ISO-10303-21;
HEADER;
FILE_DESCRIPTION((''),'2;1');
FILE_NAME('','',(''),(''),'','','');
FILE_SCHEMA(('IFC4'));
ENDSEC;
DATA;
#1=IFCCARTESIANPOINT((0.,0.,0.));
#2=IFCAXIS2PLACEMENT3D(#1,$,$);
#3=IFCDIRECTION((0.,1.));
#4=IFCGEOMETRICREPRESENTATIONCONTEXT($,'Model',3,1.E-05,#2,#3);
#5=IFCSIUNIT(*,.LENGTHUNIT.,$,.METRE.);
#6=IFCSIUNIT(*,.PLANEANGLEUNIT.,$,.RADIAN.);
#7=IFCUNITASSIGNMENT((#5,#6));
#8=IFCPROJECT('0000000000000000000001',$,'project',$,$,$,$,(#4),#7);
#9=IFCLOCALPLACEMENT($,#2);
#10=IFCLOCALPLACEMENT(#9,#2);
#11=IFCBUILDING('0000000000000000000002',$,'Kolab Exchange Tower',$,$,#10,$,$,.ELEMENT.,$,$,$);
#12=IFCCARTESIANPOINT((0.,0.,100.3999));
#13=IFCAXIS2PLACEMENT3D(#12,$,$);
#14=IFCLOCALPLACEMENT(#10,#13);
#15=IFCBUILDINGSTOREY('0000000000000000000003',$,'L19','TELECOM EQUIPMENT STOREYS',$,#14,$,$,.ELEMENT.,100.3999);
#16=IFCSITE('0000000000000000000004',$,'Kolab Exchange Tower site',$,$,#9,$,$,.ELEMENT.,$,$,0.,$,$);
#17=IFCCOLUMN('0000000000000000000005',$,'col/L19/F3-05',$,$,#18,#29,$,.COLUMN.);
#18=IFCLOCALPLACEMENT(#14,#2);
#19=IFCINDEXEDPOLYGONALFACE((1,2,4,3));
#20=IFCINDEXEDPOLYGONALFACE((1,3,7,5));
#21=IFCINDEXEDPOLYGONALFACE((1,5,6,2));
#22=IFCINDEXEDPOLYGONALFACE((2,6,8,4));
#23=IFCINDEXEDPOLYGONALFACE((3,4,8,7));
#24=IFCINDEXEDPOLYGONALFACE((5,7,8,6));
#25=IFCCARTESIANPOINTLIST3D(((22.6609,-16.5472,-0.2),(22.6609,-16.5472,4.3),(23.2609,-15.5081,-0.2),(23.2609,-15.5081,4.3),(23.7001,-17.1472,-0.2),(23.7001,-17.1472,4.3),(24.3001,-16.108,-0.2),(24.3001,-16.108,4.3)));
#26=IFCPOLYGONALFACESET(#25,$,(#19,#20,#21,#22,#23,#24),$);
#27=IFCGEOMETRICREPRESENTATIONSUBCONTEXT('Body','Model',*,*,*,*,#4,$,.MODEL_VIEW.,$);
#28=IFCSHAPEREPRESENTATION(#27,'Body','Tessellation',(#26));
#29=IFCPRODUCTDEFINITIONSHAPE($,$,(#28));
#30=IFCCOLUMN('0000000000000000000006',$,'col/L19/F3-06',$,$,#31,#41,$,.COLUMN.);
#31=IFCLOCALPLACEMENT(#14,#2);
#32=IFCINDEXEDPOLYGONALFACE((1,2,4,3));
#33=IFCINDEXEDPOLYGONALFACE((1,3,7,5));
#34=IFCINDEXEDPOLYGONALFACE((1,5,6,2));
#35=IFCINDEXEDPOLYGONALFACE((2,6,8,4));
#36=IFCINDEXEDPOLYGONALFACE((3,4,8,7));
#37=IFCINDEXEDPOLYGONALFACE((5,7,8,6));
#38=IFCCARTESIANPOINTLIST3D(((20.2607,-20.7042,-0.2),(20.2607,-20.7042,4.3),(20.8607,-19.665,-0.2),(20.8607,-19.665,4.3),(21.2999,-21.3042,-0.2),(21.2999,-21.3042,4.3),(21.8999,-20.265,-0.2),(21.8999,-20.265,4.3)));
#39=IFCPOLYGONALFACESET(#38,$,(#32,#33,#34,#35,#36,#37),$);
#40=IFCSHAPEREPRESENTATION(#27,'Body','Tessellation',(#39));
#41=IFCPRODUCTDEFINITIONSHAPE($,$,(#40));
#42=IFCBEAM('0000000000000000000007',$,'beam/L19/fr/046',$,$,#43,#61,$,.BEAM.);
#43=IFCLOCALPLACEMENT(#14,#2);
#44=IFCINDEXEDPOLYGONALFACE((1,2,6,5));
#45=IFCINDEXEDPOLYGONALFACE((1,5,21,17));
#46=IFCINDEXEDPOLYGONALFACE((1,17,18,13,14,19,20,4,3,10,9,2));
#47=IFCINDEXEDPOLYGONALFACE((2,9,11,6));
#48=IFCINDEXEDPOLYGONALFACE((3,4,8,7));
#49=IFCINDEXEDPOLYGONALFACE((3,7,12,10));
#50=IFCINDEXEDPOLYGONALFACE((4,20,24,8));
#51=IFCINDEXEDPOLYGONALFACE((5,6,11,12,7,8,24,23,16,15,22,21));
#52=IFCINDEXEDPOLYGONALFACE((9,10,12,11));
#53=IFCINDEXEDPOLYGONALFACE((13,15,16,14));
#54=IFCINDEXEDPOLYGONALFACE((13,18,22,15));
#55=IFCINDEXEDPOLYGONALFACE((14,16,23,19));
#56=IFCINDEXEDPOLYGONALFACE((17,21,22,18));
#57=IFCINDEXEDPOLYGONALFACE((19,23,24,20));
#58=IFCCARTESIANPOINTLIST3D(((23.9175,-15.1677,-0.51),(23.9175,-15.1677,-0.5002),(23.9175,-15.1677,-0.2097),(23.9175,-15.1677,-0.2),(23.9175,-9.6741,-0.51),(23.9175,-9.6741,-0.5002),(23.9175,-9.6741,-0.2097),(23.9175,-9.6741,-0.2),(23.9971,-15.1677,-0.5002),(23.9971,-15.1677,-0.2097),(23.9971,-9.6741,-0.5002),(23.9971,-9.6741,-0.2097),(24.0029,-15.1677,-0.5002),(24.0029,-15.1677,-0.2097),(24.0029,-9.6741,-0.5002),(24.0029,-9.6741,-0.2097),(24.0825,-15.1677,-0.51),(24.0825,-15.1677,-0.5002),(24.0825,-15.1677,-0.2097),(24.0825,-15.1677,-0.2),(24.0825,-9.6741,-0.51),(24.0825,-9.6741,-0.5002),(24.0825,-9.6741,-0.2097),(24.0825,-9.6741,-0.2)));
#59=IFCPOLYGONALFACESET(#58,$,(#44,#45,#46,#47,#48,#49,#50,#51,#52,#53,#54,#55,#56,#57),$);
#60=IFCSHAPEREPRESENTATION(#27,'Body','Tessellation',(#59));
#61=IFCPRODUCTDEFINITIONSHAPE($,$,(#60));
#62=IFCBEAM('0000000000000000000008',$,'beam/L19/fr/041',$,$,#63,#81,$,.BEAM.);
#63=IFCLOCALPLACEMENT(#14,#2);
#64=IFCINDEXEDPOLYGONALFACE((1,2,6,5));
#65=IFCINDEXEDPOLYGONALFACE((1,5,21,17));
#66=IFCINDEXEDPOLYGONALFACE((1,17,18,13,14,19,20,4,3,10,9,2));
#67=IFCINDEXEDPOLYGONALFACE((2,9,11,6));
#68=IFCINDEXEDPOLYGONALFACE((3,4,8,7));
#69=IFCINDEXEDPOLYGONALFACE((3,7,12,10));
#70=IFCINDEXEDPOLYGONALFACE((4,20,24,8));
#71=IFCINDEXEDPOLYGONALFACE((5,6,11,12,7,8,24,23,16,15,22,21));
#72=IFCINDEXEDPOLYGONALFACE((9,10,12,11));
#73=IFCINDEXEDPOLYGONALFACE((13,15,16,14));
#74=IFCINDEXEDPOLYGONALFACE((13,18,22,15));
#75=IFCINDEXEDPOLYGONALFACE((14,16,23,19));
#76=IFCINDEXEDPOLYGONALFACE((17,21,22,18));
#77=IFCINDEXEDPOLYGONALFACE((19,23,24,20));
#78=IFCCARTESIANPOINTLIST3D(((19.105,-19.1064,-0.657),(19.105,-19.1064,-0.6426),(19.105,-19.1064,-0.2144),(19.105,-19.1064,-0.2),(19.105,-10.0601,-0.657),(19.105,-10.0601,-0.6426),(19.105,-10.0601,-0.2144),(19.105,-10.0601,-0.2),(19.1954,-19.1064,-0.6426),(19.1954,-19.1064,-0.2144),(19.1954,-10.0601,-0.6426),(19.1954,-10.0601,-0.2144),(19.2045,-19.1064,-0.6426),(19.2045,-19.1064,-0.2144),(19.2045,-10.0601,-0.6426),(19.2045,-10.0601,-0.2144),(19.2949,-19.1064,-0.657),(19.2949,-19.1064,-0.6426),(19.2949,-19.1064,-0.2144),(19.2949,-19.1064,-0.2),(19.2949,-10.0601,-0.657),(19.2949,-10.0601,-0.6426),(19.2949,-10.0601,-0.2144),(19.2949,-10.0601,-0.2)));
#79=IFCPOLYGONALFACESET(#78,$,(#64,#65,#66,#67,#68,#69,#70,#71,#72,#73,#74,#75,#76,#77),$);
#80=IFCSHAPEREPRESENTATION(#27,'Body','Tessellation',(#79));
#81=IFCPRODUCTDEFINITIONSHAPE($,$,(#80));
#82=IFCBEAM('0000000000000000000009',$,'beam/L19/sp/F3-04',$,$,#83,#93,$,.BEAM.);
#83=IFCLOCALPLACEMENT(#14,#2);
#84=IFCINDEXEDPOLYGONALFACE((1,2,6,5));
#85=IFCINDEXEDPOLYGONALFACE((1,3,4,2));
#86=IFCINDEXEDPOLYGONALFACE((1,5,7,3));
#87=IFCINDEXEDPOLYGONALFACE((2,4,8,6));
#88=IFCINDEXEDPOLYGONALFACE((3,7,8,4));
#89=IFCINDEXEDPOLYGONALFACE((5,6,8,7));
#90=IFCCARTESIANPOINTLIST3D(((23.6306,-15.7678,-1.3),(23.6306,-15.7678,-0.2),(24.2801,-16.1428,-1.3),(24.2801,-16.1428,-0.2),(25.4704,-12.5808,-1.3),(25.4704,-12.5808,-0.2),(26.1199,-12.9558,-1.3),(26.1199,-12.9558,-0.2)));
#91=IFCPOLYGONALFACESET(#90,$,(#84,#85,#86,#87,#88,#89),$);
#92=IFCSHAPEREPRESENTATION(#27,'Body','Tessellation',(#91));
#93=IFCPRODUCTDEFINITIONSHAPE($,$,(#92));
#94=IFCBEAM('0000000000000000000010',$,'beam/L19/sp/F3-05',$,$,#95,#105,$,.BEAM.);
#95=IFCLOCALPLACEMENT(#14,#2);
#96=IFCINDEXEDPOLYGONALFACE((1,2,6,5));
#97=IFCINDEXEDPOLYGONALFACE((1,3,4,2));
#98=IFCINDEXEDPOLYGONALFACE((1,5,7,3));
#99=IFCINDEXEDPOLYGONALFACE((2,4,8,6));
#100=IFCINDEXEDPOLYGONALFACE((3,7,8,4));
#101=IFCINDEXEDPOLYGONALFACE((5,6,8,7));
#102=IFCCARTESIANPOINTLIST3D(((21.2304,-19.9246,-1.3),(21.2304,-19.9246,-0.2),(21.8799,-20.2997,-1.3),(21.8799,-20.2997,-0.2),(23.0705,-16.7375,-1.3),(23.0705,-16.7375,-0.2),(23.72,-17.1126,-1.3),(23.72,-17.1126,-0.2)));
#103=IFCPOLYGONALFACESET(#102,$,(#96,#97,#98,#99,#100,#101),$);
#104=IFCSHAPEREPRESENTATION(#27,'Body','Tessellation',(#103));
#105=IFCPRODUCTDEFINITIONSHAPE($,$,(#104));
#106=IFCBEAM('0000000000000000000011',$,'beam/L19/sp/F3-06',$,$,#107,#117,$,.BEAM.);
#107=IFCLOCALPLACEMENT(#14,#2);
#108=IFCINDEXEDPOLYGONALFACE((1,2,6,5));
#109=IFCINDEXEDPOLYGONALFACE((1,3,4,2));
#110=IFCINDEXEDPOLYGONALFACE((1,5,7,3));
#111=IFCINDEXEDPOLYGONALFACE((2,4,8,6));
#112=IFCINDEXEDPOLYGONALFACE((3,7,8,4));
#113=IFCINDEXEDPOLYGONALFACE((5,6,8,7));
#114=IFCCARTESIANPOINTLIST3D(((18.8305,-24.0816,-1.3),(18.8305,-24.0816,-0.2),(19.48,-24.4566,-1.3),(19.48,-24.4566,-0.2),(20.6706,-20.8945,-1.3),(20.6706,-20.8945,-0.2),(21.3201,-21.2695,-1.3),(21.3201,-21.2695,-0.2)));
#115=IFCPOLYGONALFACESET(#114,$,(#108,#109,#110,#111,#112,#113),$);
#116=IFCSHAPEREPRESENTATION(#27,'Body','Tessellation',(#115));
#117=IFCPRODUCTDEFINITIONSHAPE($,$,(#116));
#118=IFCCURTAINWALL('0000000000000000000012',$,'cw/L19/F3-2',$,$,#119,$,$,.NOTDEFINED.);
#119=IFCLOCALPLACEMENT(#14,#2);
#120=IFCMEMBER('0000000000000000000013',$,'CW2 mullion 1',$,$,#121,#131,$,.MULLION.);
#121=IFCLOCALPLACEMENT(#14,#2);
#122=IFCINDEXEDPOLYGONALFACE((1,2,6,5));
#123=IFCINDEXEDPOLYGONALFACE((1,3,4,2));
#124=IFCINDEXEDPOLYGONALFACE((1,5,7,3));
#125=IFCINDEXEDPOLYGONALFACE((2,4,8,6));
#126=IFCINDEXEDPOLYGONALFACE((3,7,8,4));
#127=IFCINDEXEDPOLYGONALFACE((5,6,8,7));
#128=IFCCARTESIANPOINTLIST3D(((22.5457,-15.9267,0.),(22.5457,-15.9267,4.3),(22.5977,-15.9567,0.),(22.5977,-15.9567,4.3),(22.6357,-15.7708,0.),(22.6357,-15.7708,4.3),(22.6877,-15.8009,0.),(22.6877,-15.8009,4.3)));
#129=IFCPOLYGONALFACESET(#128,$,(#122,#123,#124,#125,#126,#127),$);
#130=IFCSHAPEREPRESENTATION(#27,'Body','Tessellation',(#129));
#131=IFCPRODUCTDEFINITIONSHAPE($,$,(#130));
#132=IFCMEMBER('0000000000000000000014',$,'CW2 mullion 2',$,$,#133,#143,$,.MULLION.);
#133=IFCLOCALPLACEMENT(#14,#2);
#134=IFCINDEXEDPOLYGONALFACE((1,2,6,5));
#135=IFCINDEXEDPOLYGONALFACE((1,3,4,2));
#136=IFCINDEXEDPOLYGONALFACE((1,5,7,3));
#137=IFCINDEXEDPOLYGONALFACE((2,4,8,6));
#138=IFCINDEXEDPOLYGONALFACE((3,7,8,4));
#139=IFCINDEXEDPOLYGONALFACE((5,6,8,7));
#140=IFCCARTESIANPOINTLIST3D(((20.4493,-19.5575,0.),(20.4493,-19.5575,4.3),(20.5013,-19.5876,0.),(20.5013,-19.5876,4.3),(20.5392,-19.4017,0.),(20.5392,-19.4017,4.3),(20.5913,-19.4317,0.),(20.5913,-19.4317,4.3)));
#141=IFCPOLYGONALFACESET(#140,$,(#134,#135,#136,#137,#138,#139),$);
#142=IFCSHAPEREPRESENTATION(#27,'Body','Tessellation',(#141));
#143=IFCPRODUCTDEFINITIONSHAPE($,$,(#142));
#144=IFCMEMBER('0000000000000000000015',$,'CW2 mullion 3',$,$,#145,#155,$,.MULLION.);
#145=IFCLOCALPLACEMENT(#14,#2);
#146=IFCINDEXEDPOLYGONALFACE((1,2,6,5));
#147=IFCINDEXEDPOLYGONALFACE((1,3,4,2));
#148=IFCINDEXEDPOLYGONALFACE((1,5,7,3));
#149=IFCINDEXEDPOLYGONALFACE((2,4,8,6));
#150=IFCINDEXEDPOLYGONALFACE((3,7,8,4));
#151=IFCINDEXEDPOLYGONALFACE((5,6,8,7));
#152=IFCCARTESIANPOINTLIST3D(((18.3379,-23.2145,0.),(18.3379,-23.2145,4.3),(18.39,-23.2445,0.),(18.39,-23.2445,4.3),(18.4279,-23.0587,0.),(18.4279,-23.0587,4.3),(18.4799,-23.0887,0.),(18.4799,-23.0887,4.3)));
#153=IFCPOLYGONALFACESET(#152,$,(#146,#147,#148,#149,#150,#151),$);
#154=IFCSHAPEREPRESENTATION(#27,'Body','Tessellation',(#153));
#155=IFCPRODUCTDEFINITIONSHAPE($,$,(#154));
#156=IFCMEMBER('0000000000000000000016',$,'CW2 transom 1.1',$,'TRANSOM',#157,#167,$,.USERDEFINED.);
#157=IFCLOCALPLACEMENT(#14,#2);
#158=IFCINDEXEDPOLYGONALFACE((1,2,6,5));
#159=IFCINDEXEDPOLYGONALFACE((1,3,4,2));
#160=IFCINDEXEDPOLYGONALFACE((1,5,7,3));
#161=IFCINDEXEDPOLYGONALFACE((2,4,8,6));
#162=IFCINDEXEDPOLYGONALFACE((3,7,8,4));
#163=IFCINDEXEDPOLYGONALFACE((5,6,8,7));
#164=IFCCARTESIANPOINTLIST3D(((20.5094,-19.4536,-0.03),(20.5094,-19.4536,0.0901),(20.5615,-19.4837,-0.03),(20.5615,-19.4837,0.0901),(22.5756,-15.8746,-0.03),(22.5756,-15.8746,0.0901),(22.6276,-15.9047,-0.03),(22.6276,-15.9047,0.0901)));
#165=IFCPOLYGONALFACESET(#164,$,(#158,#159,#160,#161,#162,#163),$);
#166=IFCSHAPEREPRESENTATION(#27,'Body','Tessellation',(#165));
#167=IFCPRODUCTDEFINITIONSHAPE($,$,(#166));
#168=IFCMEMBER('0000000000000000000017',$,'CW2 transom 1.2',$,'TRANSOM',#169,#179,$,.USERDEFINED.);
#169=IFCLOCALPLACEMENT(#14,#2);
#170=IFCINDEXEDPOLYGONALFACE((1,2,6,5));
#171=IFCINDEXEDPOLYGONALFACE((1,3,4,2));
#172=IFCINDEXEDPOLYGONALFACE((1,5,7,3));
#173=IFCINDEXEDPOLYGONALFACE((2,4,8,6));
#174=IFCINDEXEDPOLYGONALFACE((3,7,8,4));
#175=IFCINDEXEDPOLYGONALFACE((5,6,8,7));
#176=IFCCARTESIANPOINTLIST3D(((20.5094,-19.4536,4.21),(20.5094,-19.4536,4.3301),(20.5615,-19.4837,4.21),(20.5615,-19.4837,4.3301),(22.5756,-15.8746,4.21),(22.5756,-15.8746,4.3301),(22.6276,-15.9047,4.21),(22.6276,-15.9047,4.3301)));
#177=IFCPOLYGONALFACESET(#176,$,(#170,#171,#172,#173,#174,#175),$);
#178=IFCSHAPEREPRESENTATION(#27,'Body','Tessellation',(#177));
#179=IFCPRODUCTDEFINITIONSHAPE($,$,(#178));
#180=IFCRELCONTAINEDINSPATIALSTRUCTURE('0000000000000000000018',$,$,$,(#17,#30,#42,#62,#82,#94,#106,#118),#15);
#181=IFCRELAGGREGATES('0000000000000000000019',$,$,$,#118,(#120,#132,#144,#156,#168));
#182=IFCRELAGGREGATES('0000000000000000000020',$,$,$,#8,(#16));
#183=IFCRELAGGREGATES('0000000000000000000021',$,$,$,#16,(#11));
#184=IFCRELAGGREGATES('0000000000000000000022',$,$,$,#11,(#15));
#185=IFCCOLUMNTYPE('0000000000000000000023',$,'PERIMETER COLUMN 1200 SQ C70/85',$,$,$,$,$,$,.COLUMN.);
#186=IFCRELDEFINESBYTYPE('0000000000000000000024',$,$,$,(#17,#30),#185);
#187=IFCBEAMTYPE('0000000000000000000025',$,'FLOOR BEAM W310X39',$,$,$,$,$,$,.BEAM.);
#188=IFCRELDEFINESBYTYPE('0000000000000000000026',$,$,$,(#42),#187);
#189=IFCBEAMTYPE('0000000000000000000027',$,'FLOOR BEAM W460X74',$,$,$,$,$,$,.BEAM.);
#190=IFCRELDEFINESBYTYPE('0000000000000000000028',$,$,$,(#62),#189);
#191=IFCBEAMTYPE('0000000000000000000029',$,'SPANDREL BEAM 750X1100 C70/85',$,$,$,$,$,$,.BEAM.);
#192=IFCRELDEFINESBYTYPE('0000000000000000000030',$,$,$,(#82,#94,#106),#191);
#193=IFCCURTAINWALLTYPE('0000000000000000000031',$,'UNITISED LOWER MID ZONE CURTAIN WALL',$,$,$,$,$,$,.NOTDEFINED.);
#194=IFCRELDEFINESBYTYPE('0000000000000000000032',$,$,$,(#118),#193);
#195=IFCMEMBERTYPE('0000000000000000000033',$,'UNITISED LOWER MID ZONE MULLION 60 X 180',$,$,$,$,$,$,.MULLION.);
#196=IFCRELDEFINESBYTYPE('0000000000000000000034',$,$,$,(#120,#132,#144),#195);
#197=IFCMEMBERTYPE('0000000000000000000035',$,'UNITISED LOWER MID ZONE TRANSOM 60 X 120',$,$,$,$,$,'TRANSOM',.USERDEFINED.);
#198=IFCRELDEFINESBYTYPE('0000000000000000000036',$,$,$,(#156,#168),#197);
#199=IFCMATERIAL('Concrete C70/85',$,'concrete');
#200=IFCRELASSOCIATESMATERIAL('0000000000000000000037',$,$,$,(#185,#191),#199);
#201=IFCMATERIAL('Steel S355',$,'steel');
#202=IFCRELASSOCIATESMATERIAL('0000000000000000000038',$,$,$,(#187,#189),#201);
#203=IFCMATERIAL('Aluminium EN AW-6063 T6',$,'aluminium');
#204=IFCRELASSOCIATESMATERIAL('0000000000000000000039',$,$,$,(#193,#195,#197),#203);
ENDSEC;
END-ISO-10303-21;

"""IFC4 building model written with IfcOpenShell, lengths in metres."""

from ifc_helpers import new_model, si_unit, direction, frame, origin, origin_2d, place, context, subcontext, project, spatial, rectangle, i_section, extrude, material, material_profile, profile_set, type_object, element, aggregate, save


model = new_model("IFC4")

# Units and contexts
model_context = context("Model", 3, precision=1e-05, world=origin(), true_north=direction((0.0, 1.0)))
body_context = subcontext(model_context, "Body", "Model", "MODEL_VIEW")
ifc_project = project(units=[si_unit("LENGTHUNIT", "METRE"), si_unit("PLANEANGLEUNIT", "RADIAN")], contexts=[model_context])

# Site, building, storey
site_placement = place(None, origin())
site = spatial("IfcSite", under=ifc_project, at=site_placement, Name="Kolab Exchange Tower site", CompositionType="ELEMENT", RefElevation=0.0)
building_placement = place(site_placement, origin())
building = spatial("IfcBuilding", under=site, at=building_placement, Name="Kolab Exchange Tower", CompositionType="ELEMENT")
storey_placement = place(building_placement, frame((0.0, 0.0, 100.3999)))
storey = spatial("IfcBuildingStorey", under=building, at=storey_placement, Name="L19", Description="TELECOM EQUIPMENT STOREYS", CompositionType="ELEMENT", Elevation=100.3999)

# Columns
ifc_material_1 = material(Name="Concrete C70/85", Category="concrete")
ifc_material_profile_1 = material_profile(ifc_material_1, rectangle(XDim=1.2, YDim=1.2, at=origin_2d()), Name="RC1200")
ifc_profile_set_1 = profile_set([ifc_material_profile_1], Name="Concrete C70/85")
column_type = type_object("IfcColumnType", Name="PERIMETER COLUMN 1200 SQ C70/85", PredefinedType="COLUMN", material=ifc_profile_set_1)
for number, where, z_axis, x_axis, name in (
    (1, (23.4805, -16.3276, -0.2), (0.0, 0.0, 1.0), (0.5, 0.866025, 0.0), "col/L19/F3-05"),
    (2, (21.0803, -20.4846, -0.2), (0.0, 0.0, 1.0), (0.5, 0.866025, 0.0), "col/L19/F3-06"),
):
    element("IfcColumn", number, at=place(storey_placement, frame(where, z_axis=z_axis, x_axis=x_axis)), inside=storey, type_object=column_type, Name=name, PredefinedType="COLUMN", context=body_context, shape_type="SweptSolid", body=[
        extrude(rectangle(XDim=1.2, YDim=1.2, at=origin_2d()), origin(), (0.0, 0.0, 1.0), 4.5),
    ])

# Beams
ifc_material_2 = material(Name="Steel S355", Category="steel")
ifc_material_profile_2 = material_profile(ifc_material_2, i_section(OverallWidth=0.165, OverallDepth=0.3101, WebThickness=0.0059, FlangeThickness=0.0098, at=origin_2d()), Name="W310X39")
ifc_profile_set_2 = profile_set([ifc_material_profile_2], Name="Steel S355")
beam_type_1 = type_object("IfcBeamType", Name="FLOOR BEAM W310X39", PredefinedType="BEAM", material=ifc_profile_set_2)
beam_1_placement = place(storey_placement, frame((24.0, -15.1677, -0.355), z_axis=(0.0, 1.0, 0.0), x_axis=(-1.0, 0.0, 0.0)))
element("IfcBeam", 3, at=beam_1_placement, inside=storey, type_object=beam_type_1, Name="beam/L19/fr/046", PredefinedType="BEAM", context=body_context, shape_type="SweptSolid", body=[
    extrude(i_section(OverallWidth=0.165, OverallDepth=0.3101, WebThickness=0.0059, FlangeThickness=0.0098, at=origin_2d()), origin(), (0.0, 0.0, 1.0), 5.4937),
])
ifc_material_profile_3 = material_profile(ifc_material_2, i_section(OverallWidth=0.1899, OverallDepth=0.457, WebThickness=0.009, FlangeThickness=0.0144, at=origin_2d()), Name="W460X74")
ifc_profile_set_3 = profile_set([ifc_material_profile_3], Name="Steel S355")
beam_type_2 = type_object("IfcBeamType", Name="FLOOR BEAM W460X74", PredefinedType="BEAM", material=ifc_profile_set_3)
beam_2_placement = place(storey_placement, frame((19.2, -19.1064, -0.4285), z_axis=(0.0, 1.0, 0.0), x_axis=(-1.0, 0.0, 0.0)))
element("IfcBeam", 4, at=beam_2_placement, inside=storey, type_object=beam_type_2, Name="beam/L19/fr/041", PredefinedType="BEAM", context=body_context, shape_type="SweptSolid", body=[
    extrude(i_section(OverallWidth=0.1899, OverallDepth=0.457, WebThickness=0.009, FlangeThickness=0.0144, at=origin_2d()), origin(), (0.0, 0.0, 1.0), 9.0464),
])
ifc_material_profile_4 = material_profile(ifc_material_1, rectangle(XDim=0.75, YDim=1.1001, at=origin_2d()), Name="RC750X1100")
ifc_profile_set_4 = profile_set([ifc_material_profile_4], Name="Concrete C70/85")
beam_type_3 = type_object("IfcBeamType", Name="SPANDREL BEAM 750X1100 C70/85", PredefinedType="BEAM", material=ifc_profile_set_4)
beam_3_placement = place(storey_placement, frame((25.7952, -12.7683, -0.75), z_axis=(-0.499964, -0.866046, 0.0), x_axis=(0.866046, -0.499964, 0.0)))
element("IfcBeam", 5, at=beam_3_placement, inside=storey, type_object=beam_type_3, Name="beam/L19/sp/F3-04", PredefinedType="BEAM", context=body_context, shape_type="SweptSolid", body=[
    extrude(rectangle(XDim=0.75, YDim=1.1001, at=origin_2d()), origin(), (0.0, 0.0, 1.0), 3.6799),
])
for number, where, z_axis, x_axis, name in (
    (6, (23.3953, -16.925, -0.75), (-0.500013, -0.866018, 0.0), (0.866018, -0.500013, 0.0), "beam/L19/sp/F3-05"),
    (7, (20.9954, -21.082, -0.75), (-0.500013, -0.866018, 0.0), (0.866018, -0.500013, 0.0), "beam/L19/sp/F3-06"),
):
    element("IfcBeam", number, at=place(storey_placement, frame(where, z_axis=z_axis, x_axis=x_axis)), inside=storey, type_object=beam_type_3, Name=name, PredefinedType="BEAM", context=body_context, shape_type="SweptSolid", body=[
        extrude(rectangle(XDim=0.75, YDim=1.1001, at=origin_2d()), origin(), (0.0, 0.0, 1.0), 3.6802),
    ])

# Curtain wall, members
ifc_material_3 = material(Name="Aluminium EN AW-6063 T6", Category="aluminium")
curtain_wall_type = type_object("IfcCurtainWallType", Name="UNITISED LOWER MID ZONE CURTAIN WALL", PredefinedType="NOTDEFINED", material=ifc_material_3)
curtain_wall_placement = place(storey_placement, origin())
curtain_wall = element("IfcCurtainWall", 8, at=curtain_wall_placement, inside=storey, type_object=curtain_wall_type, Name="cw/L19/F3-2", PredefinedType="NOTDEFINED")
ifc_material_profile_5 = material_profile(ifc_material_3, rectangle(XDim=0.0601, YDim=0.1799, at=origin_2d()), Name="RECT 60X180")
ifc_profile_set_5 = profile_set([ifc_material_profile_5], Name="Aluminium EN AW-6063 T6")
member_type_1 = type_object("IfcMemberType", Name="UNITISED LOWER MID ZONE MULLION 60 X 180", PredefinedType="MULLION", material=ifc_profile_set_5)
member_1_placement = place(storey_placement, frame((22.6167, -15.8638, 0.0), z_axis=(0.0, 0.0, 1.0), x_axis=(0.866025, -0.5, 0.0)))
member_1 = element("IfcMember", 9, at=member_1_placement, type_object=member_type_1, Name="CW2 mullion 1", PredefinedType="MULLION", context=body_context, shape_type="SweptSolid", body=[
    extrude(rectangle(XDim=0.0601, YDim=0.1799, at=origin_2d()), origin(), (0.0, 0.0, 1.0), 4.3),
])
member_2_placement = place(storey_placement, frame((20.5203, -19.4946, 0.0), z_axis=(0.0, 0.0, 1.0), x_axis=(0.866025, -0.5, 0.0)))
member_2 = element("IfcMember", 10, at=member_2_placement, type_object=member_type_1, Name="CW2 mullion 2", PredefinedType="MULLION", context=body_context, shape_type="SweptSolid", body=[
    extrude(rectangle(XDim=0.0601, YDim=0.1799, at=origin_2d()), origin(), (0.0, 0.0, 1.0), 4.3),
])
member_3_placement = place(storey_placement, frame((18.4089, -23.1516, 0.0), z_axis=(0.0, 0.0, 1.0), x_axis=(0.866025, -0.5, 0.0)))
member_3 = element("IfcMember", 11, at=member_3_placement, type_object=member_type_1, Name="CW2 mullion 3", PredefinedType="MULLION", context=body_context, shape_type="SweptSolid", body=[
    extrude(rectangle(XDim=0.0601, YDim=0.1799, at=origin_2d()), origin(), (0.0, 0.0, 1.0), 4.3),
])
ifc_material_profile_6 = material_profile(ifc_material_3, rectangle(XDim=0.0601, YDim=0.1201, at=origin_2d()), Name="RECT 60X120")
ifc_profile_set_6 = profile_set([ifc_material_profile_6], Name="Aluminium EN AW-6063 T6")
member_type_2 = type_object("IfcMemberType", Name="UNITISED LOWER MID ZONE TRANSOM 60 X 120", ElementType="TRANSOM", PredefinedType="USERDEFINED", material=ifc_profile_set_6)
member_4_placement = place(storey_placement, frame((22.6016, -15.8896, 0.03), z_axis=(-0.499958, -0.86605, 0.0), x_axis=(0.86605, -0.499958, 0.0)))
member_4 = element("IfcMember", 12, at=member_4_placement, type_object=member_type_2, Name="CW2 transom 1.1", ObjectType="TRANSOM", PredefinedType="USERDEFINED", context=body_context, shape_type="SweptSolid", body=[
    extrude(rectangle(XDim=0.0601, YDim=0.1201, at=origin_2d()), origin(), (0.0, 0.0, 1.0), 4.1326),
])
member_5_placement = place(storey_placement, frame((22.6016, -15.8896, 4.27), z_axis=(-0.499958, -0.86605, 0.0), x_axis=(0.86605, -0.499958, 0.0)))
member_5 = element("IfcMember", 13, at=member_5_placement, type_object=member_type_2, Name="CW2 transom 1.2", ObjectType="TRANSOM", PredefinedType="USERDEFINED", context=body_context, shape_type="SweptSolid", body=[
    extrude(rectangle(XDim=0.0601, YDim=0.1201, at=origin_2d()), origin(), (0.0, 0.0, 1.0), 4.1326),
])
aggregate(curtain_wall, [member_1, member_2, member_3, member_4, member_5])

save(model, "model.ifc")
